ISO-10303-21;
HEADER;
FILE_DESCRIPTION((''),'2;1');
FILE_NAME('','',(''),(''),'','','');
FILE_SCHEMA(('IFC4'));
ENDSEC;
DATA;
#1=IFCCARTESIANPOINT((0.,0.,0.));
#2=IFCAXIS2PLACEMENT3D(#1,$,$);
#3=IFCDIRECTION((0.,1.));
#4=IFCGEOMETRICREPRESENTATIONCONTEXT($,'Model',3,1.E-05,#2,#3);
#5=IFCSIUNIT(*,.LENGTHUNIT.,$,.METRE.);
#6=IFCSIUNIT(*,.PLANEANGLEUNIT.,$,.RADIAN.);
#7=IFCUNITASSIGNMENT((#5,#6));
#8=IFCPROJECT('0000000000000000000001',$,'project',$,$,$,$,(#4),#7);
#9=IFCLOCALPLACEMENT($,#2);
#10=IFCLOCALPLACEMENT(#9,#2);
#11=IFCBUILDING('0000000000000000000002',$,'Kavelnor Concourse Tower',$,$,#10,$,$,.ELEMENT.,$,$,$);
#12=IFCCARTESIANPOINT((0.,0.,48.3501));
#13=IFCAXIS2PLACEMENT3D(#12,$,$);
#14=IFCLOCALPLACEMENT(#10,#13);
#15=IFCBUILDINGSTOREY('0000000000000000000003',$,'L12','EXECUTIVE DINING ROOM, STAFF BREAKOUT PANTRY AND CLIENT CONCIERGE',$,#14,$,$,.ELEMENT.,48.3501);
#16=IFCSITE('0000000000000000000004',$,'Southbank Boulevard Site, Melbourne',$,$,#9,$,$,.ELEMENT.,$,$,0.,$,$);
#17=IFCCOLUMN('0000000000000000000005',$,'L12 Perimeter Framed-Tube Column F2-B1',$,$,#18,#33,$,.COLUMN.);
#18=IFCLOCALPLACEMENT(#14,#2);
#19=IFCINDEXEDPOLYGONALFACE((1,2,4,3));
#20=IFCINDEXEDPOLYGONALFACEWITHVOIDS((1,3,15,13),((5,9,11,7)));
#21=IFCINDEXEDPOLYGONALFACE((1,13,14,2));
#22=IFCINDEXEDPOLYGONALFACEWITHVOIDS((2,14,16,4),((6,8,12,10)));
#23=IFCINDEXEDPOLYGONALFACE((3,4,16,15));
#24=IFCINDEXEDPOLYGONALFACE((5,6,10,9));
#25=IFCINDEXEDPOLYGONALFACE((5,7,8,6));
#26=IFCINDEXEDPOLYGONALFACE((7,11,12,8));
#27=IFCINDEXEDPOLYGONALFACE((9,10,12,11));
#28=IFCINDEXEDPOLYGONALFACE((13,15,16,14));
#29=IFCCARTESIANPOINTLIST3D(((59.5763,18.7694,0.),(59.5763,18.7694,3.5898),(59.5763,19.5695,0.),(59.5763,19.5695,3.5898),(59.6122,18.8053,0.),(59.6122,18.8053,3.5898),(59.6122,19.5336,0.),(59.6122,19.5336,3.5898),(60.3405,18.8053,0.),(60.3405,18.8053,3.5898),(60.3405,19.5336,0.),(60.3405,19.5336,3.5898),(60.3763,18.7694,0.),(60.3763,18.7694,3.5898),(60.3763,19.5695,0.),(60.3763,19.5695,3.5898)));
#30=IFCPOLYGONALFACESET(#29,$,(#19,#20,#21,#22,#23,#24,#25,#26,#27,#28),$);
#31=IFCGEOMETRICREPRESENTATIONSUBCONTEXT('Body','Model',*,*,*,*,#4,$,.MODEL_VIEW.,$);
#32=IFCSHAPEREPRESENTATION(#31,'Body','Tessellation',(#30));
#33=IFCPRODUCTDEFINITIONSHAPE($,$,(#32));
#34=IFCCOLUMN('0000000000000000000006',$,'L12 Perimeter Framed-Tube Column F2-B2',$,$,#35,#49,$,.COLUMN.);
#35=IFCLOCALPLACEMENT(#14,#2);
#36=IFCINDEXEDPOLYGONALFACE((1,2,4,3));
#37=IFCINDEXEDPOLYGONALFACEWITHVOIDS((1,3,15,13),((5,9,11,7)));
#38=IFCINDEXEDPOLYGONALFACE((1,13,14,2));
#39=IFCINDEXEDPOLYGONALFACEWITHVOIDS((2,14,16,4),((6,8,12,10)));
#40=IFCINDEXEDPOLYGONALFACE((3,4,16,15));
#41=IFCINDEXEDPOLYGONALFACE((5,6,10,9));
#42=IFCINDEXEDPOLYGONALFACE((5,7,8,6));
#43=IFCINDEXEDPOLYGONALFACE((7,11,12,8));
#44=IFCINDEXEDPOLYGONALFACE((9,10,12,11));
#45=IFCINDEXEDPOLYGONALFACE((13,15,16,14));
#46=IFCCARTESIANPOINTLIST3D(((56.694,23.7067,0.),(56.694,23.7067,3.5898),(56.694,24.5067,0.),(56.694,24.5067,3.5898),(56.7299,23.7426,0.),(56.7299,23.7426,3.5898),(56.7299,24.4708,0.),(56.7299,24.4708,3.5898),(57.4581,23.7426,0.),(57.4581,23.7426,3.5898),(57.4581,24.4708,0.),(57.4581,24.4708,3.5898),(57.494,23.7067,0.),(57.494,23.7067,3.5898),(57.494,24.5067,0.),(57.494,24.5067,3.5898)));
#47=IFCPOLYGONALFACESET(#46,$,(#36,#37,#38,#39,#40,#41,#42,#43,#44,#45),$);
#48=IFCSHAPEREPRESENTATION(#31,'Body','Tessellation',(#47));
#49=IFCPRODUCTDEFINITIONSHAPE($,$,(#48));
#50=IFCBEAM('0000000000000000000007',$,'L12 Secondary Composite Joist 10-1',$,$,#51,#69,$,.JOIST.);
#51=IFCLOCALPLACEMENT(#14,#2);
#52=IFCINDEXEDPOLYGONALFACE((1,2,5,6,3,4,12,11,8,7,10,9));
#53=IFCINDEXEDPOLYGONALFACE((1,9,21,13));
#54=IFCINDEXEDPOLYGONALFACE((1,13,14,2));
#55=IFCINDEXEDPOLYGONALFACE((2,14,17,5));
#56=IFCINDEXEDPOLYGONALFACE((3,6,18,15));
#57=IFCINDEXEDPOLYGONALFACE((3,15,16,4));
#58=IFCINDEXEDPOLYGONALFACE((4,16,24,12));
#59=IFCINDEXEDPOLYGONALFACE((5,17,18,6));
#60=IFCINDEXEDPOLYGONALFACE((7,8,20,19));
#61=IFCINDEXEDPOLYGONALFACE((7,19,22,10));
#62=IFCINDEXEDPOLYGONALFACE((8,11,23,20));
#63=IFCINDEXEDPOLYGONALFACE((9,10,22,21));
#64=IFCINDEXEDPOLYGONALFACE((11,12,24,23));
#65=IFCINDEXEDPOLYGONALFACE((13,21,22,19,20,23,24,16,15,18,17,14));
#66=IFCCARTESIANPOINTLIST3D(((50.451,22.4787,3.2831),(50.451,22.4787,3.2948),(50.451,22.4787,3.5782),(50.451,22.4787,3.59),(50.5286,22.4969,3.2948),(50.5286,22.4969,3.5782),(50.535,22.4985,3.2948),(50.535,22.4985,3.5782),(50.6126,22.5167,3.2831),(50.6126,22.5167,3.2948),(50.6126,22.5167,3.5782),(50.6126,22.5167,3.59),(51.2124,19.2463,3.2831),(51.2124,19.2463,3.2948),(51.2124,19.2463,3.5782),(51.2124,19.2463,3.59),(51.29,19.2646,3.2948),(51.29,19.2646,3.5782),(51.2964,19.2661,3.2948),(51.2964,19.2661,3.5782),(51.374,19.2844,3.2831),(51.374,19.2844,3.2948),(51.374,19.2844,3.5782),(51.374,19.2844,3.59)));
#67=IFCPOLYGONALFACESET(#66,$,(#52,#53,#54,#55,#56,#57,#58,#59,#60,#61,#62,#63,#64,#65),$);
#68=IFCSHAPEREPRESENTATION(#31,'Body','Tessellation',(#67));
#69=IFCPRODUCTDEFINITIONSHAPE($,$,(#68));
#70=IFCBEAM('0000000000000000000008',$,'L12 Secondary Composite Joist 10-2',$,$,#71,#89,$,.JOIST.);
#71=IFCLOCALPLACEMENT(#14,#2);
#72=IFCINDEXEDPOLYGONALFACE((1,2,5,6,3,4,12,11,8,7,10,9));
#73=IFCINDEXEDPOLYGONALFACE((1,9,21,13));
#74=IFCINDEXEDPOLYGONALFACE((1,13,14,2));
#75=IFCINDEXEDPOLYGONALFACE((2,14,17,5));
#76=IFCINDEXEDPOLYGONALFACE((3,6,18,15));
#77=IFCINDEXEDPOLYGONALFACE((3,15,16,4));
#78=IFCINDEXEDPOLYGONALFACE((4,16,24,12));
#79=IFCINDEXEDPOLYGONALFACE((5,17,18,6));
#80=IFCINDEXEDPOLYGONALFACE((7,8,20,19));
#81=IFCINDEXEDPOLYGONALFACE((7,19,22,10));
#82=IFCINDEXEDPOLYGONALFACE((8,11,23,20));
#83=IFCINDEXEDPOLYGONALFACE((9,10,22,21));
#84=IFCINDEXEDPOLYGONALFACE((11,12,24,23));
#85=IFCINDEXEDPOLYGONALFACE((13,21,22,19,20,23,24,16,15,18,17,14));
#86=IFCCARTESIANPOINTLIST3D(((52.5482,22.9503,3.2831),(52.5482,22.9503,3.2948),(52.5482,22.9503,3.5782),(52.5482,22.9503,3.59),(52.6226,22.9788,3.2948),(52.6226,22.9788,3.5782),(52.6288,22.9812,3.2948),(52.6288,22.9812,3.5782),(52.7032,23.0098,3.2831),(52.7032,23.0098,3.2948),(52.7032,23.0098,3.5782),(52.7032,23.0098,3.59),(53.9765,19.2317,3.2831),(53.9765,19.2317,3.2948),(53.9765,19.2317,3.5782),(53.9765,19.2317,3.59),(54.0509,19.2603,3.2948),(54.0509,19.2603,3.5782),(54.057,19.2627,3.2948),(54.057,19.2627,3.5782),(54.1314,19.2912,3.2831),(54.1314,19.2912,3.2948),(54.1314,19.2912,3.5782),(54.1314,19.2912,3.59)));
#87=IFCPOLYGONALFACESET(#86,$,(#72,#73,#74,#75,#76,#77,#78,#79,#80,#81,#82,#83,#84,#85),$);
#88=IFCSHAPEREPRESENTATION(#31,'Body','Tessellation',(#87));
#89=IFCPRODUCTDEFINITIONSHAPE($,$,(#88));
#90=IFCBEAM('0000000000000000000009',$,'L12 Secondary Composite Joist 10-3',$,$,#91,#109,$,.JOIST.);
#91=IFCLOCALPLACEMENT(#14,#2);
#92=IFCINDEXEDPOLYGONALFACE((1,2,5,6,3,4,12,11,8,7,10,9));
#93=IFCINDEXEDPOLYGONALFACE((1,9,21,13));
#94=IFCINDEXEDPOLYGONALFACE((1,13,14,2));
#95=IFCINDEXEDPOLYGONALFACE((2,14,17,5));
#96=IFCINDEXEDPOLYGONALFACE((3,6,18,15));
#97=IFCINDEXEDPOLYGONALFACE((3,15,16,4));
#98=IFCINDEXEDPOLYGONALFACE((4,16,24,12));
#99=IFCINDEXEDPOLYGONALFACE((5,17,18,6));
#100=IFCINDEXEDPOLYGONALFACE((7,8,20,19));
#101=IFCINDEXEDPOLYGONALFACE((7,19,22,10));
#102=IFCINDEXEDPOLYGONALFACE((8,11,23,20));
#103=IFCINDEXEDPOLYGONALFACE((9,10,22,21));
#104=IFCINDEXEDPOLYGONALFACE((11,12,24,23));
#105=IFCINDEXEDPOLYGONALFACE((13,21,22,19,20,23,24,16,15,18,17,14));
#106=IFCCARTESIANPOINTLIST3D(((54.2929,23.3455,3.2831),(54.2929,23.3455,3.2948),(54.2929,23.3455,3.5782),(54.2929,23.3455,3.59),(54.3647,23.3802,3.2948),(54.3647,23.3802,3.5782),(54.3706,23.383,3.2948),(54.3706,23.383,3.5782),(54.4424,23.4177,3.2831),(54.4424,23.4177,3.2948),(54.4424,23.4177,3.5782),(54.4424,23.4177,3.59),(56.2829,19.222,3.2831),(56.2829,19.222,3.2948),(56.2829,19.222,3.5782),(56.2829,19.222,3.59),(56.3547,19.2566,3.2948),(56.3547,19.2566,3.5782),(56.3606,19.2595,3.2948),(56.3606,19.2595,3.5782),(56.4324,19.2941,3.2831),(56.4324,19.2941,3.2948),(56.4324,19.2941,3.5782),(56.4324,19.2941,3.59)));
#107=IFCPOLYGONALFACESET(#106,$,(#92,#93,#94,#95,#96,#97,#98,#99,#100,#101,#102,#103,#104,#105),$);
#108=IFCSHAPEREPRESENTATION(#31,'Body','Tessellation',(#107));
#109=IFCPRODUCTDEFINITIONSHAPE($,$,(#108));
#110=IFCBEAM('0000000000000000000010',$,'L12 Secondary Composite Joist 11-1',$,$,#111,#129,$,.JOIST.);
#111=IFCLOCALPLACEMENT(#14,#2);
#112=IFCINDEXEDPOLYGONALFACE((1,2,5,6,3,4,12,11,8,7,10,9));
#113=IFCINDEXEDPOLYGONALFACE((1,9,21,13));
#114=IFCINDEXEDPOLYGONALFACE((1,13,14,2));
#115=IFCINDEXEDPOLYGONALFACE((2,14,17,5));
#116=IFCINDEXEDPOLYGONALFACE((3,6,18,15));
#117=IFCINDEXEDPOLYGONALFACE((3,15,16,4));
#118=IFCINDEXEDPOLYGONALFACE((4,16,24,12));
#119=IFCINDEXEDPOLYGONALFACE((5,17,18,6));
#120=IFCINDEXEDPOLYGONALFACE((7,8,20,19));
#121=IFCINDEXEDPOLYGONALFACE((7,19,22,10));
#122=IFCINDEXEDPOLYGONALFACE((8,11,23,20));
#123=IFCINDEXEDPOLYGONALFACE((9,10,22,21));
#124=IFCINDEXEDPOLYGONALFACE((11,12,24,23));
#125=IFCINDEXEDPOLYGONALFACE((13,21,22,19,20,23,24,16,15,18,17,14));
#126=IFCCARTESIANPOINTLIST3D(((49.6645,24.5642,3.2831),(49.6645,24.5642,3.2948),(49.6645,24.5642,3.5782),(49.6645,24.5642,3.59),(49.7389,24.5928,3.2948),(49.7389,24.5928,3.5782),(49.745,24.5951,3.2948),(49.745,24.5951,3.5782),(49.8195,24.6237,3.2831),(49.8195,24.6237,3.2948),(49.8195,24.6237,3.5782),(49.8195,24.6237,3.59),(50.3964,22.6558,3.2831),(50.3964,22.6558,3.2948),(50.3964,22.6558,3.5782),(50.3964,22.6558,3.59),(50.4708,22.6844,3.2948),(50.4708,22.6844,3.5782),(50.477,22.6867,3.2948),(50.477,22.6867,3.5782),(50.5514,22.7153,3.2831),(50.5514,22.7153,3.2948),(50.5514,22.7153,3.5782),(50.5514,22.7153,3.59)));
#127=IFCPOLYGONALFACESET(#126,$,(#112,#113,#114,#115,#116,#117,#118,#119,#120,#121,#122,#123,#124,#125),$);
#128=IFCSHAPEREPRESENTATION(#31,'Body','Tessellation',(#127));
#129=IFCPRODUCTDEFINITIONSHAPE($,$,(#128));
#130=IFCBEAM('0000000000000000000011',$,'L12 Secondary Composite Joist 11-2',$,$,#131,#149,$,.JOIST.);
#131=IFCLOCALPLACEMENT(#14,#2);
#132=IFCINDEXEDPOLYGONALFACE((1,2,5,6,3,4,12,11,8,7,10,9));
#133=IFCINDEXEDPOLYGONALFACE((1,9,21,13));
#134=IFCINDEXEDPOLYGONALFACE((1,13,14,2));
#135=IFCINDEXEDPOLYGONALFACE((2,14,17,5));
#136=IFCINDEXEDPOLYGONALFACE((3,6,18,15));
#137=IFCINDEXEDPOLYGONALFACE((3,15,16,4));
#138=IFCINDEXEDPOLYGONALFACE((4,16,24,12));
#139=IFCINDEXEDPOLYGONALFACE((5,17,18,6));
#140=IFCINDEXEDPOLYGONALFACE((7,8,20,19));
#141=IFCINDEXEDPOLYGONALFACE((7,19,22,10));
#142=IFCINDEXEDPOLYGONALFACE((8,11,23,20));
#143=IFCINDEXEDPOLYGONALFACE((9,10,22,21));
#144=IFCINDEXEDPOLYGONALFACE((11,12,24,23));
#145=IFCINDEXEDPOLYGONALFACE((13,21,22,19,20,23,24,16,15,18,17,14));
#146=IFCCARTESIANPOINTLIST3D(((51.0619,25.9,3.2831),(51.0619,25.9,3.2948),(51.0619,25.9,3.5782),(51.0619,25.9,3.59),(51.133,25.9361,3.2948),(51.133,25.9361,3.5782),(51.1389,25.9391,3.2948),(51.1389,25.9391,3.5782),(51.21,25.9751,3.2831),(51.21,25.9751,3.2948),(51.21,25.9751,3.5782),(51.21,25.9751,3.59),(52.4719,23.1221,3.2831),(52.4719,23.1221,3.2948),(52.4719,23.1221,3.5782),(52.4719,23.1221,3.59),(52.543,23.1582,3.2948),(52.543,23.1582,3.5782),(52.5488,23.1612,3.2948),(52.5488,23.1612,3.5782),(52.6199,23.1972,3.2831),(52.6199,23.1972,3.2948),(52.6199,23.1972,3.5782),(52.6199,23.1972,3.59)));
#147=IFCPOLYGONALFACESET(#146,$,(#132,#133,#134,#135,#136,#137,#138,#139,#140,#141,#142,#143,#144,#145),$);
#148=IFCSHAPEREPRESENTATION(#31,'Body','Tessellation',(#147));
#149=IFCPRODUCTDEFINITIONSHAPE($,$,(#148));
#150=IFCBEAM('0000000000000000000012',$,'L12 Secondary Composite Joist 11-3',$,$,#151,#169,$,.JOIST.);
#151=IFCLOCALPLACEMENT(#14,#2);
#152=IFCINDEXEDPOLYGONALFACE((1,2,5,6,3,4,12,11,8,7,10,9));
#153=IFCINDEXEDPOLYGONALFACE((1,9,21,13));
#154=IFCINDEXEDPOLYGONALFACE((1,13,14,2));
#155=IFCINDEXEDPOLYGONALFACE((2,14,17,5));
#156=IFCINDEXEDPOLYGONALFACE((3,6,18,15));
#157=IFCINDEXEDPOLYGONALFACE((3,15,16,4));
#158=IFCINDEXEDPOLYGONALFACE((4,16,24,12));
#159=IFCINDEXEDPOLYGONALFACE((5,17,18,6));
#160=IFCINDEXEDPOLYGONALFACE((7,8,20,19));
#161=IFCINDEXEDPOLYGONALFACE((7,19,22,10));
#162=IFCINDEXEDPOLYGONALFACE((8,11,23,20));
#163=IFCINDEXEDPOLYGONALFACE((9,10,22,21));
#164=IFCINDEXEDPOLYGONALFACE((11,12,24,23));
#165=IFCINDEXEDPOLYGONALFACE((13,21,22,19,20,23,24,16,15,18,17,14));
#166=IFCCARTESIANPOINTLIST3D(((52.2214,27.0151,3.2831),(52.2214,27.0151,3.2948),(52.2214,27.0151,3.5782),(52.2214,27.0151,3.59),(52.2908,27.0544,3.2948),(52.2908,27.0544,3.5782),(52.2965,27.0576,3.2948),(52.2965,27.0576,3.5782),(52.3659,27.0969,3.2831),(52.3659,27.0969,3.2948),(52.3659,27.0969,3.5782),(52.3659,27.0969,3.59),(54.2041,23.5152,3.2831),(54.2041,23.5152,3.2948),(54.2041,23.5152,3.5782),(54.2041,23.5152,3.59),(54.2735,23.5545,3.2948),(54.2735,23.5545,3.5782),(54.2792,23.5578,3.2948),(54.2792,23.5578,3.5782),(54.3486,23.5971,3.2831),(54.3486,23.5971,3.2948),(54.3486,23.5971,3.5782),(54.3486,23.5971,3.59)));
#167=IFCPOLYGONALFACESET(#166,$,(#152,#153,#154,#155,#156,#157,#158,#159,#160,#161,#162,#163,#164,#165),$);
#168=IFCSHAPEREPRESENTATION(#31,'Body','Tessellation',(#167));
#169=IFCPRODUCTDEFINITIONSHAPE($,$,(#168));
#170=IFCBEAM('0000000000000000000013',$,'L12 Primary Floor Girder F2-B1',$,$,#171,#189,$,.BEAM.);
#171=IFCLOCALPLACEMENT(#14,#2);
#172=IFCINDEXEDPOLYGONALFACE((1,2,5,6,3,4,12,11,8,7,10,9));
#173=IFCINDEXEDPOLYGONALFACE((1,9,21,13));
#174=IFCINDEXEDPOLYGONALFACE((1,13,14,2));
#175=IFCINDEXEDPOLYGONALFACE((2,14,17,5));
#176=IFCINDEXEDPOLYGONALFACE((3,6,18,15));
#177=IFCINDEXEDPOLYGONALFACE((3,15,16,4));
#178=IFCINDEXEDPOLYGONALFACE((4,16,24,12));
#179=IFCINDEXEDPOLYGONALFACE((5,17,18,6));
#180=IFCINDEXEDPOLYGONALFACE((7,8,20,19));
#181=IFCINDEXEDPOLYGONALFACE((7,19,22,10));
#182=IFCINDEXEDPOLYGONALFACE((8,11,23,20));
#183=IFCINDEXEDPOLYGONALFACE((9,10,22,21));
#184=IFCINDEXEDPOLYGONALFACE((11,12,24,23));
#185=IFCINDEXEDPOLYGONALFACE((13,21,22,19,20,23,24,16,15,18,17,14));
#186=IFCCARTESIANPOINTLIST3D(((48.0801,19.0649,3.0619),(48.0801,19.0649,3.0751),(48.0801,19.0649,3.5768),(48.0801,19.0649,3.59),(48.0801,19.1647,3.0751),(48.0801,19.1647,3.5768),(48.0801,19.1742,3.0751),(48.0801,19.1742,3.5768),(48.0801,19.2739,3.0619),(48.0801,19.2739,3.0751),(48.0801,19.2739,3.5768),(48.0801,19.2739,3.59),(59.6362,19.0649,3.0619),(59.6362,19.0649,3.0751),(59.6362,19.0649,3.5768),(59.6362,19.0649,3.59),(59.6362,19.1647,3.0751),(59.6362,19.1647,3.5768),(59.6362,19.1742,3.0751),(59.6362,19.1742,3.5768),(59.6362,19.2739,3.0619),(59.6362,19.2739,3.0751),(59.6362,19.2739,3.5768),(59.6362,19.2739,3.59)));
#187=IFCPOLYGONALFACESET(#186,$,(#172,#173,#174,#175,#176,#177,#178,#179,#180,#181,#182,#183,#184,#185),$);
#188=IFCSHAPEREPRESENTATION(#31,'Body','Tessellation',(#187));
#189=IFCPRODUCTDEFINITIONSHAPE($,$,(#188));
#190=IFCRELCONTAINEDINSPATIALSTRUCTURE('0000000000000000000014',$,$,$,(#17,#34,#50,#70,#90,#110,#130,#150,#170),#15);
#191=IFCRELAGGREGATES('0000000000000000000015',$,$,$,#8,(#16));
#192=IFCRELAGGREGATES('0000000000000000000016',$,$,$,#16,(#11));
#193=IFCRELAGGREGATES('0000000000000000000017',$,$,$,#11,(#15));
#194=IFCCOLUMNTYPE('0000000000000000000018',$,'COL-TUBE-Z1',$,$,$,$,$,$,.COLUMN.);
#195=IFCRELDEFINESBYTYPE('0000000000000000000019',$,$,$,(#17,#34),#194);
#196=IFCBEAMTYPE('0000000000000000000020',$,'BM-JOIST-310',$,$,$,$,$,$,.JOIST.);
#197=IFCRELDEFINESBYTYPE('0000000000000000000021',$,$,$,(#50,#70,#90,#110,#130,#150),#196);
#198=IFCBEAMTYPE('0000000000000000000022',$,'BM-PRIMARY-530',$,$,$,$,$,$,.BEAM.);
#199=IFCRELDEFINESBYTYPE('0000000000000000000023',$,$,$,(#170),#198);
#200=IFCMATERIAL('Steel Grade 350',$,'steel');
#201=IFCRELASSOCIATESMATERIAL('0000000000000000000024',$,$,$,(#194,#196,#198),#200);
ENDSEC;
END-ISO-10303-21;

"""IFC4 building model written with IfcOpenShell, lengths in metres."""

from ifc_helpers import new_model, si_unit, direction, frame, origin, origin_2d, place, context, subcontext, project, spatial, hollow_rectangle, i_section, extrude, material, material_profile, profile_set, type_object, element, save


model = new_model("IFC4")

# Units and contexts
model_context = context("Model", 3, precision=1e-05, world=origin(), true_north=direction((0.0, 1.0)))
body_context = subcontext(model_context, "Body", "Model", "MODEL_VIEW")
ifc_project = project(units=[si_unit("LENGTHUNIT", "METRE"), si_unit("PLANEANGLEUNIT", "RADIAN")], contexts=[model_context])

# Site, building, storey
site_placement = place(None, origin())
site = spatial("IfcSite", under=ifc_project, at=site_placement, Name="Southbank Boulevard Site, Melbourne", CompositionType="ELEMENT", RefElevation=0.0)
building_placement = place(site_placement, origin())
building = spatial("IfcBuilding", under=site, at=building_placement, Name="Kavelnor Concourse Tower", CompositionType="ELEMENT")
storey_placement = place(building_placement, frame((0.0, 0.0, 48.3501)))
storey = spatial("IfcBuildingStorey", under=building, at=storey_placement, Name="L12", Description="EXECUTIVE DINING ROOM, STAFF BREAKOUT PANTRY AND CLIENT CONCIERGE", CompositionType="ELEMENT", Elevation=48.3501)

# Columns
ifc_material_1 = material(Name="Steel Grade 350", Category="steel")
ifc_material_profile_1 = material_profile(ifc_material_1, hollow_rectangle(XDim=0.8, YDim=0.8, WallThickness=0.0359, at=origin_2d()), Name="SHS 800x800x36")
ifc_profile_set_1 = profile_set([ifc_material_profile_1], Name="Steel Grade 350")
column_type = type_object("IfcColumnType", Name="COL-TUBE-Z1", PredefinedType="COLUMN", material=ifc_profile_set_1)
for number, where, z_axis, x_axis, name in (
    (1, (59.9763, 19.1694, 0.0), (0.0, 0.0, 1.0), (1.0, 0.0, 0.0), "L12 Perimeter Framed-Tube Column F2-B1"),
    (2, (57.094, 24.1067, 0.0), (0.0, 0.0, 1.0), (1.0, 0.0, 0.0), "L12 Perimeter Framed-Tube Column F2-B2"),
):
    element("IfcColumn", number, at=place(storey_placement, frame(where, z_axis=z_axis, x_axis=x_axis)), inside=storey, type_object=column_type, Name=name, PredefinedType="COLUMN", context=body_context, shape_type="SweptSolid", body=[
        extrude(hollow_rectangle(XDim=0.8, YDim=0.8, WallThickness=0.0359, at=origin_2d()), origin(), (0.0, 0.0, 1.0), 3.5898),
    ])

# Beams
ifc_material_profile_2 = material_profile(ifc_material_1, i_section(OverallWidth=0.166, OverallDepth=0.3069, WebThickness=0.0066, FlangeThickness=0.0117, at=origin_2d()), Name="310UB46")
ifc_profile_set_2 = profile_set([ifc_material_profile_2], Name="Steel Grade 350")
beam_type_1 = type_object("IfcBeamType", Name="BM-JOIST-310", PredefinedType="JOIST", material=ifc_profile_set_2)
beam_1_placement = place(storey_placement, frame((51.2932, 19.2654, 3.4365), z_axis=(-0.229297, 0.973356, 0.0), x_axis=(-0.973356, -0.229297, 0.0)))
element("IfcBeam", 3, at=beam_1_placement, inside=storey, type_object=beam_type_1, Name="L12 Secondary Composite Joist 10-1", PredefinedType="JOIST", context=body_context, shape_type="SweptSolid", body=[
    extrude(i_section(OverallWidth=0.166, OverallDepth=0.3069, WebThickness=0.0066, FlangeThickness=0.0117, at=origin_2d()), origin(), (0.0, 0.0, 1.0), 3.3208),
])
beam_2_placement = place(storey_placement, frame((54.054, 19.2615, 3.4365), z_axis=(-0.358548, 0.933511, 0.0), x_axis=(-0.933511, -0.358548, 0.0)))
element("IfcBeam", 4, at=beam_2_placement, inside=storey, type_object=beam_type_1, Name="L12 Secondary Composite Joist 10-2", PredefinedType="JOIST", context=body_context, shape_type="SweptSolid", body=[
    extrude(i_section(OverallWidth=0.166, OverallDepth=0.3069, WebThickness=0.0066, FlangeThickness=0.0117, at=origin_2d()), origin(), (0.0, 0.0, 1.0), 3.9834),
])
beam_3_placement = place(storey_placement, frame((56.3577, 19.2581, 3.4365), z_axis=(-0.434628, 0.90061, 0.0), x_axis=(-0.90061, -0.434628, 0.0)))
element("IfcBeam", 5, at=beam_3_placement, inside=storey, type_object=beam_type_1, Name="L12 Secondary Composite Joist 10-3", PredefinedType="JOIST", context=body_context, shape_type="SweptSolid", body=[
    extrude(i_section(OverallWidth=0.166, OverallDepth=0.3069, WebThickness=0.0066, FlangeThickness=0.0117, at=origin_2d()), origin(), (0.0, 0.0, 1.0), 4.5786),
])
beam_4_placement = place(storey_placement, frame((50.4739, 22.6855, 3.4365), z_axis=(-0.35809, 0.933687, 0.0), x_axis=(-0.933687, -0.35809, 0.0)))
element("IfcBeam", 6, at=beam_4_placement, inside=storey, type_object=beam_type_1, Name="L12 Secondary Composite Joist 11-1", PredefinedType="JOIST", context=body_context, shape_type="SweptSolid", body=[
    extrude(i_section(OverallWidth=0.166, OverallDepth=0.3069, WebThickness=0.0066, FlangeThickness=0.0117, at=origin_2d()), origin(), (0.0, 0.0, 1.0), 2.0439),
])
beam_5_placement = place(storey_placement, frame((52.5459, 23.1597, 3.4365), z_axis=(-0.452597, 0.891715, 0.0), x_axis=(-0.891715, -0.452597, 0.0)))
element("IfcBeam", 7, at=beam_5_placement, inside=storey, type_object=beam_type_1, Name="L12 Secondary Composite Joist 11-2", PredefinedType="JOIST", context=body_context, shape_type="SweptSolid", body=[
    extrude(i_section(OverallWidth=0.166, OverallDepth=0.3069, WebThickness=0.0066, FlangeThickness=0.0117, at=origin_2d()), origin(), (0.0, 0.0, 1.0), 3.1152),
])
beam_6_placement = place(storey_placement, frame((54.2764, 23.5562, 3.4365), z_axis=(-0.492913, 0.870079, 0.0), x_axis=(-0.870079, -0.492913, 0.0)))
element("IfcBeam", 8, at=beam_6_placement, inside=storey, type_object=beam_type_1, Name="L12 Secondary Composite Joist 11-3", PredefinedType="JOIST", context=body_context, shape_type="SweptSolid", body=[
    extrude(i_section(OverallWidth=0.166, OverallDepth=0.3069, WebThickness=0.0066, FlangeThickness=0.0117, at=origin_2d()), origin(), (0.0, 0.0, 1.0), 4.0225),
])
ifc_material_profile_3 = material_profile(ifc_material_1, i_section(OverallWidth=0.209, OverallDepth=0.5281, WebThickness=0.0095, FlangeThickness=0.0132, at=origin_2d()), Name="530UB82")
ifc_profile_set_3 = profile_set([ifc_material_profile_3], Name="Steel Grade 350")
beam_type_2 = type_object("IfcBeamType", Name="BM-PRIMARY-530", PredefinedType="BEAM", material=ifc_profile_set_3)
beam_7_placement = place(storey_placement, frame((48.0801, 19.1694, 3.3259), z_axis=(1.0, 0.0, 0.0), x_axis=(0.0, 1.0, 0.0)))
element("IfcBeam", 9, at=beam_7_placement, inside=storey, type_object=beam_type_2, Name="L12 Primary Floor Girder F2-B1", PredefinedType="BEAM", context=body_context, shape_type="SweptSolid", body=[
    extrude(i_section(OverallWidth=0.209, OverallDepth=0.5281, WebThickness=0.0095, FlangeThickness=0.0132, at=origin_2d()), origin(), (0.0, 0.0, 1.0), 11.5562),
])

save(model, "model.ifc")
